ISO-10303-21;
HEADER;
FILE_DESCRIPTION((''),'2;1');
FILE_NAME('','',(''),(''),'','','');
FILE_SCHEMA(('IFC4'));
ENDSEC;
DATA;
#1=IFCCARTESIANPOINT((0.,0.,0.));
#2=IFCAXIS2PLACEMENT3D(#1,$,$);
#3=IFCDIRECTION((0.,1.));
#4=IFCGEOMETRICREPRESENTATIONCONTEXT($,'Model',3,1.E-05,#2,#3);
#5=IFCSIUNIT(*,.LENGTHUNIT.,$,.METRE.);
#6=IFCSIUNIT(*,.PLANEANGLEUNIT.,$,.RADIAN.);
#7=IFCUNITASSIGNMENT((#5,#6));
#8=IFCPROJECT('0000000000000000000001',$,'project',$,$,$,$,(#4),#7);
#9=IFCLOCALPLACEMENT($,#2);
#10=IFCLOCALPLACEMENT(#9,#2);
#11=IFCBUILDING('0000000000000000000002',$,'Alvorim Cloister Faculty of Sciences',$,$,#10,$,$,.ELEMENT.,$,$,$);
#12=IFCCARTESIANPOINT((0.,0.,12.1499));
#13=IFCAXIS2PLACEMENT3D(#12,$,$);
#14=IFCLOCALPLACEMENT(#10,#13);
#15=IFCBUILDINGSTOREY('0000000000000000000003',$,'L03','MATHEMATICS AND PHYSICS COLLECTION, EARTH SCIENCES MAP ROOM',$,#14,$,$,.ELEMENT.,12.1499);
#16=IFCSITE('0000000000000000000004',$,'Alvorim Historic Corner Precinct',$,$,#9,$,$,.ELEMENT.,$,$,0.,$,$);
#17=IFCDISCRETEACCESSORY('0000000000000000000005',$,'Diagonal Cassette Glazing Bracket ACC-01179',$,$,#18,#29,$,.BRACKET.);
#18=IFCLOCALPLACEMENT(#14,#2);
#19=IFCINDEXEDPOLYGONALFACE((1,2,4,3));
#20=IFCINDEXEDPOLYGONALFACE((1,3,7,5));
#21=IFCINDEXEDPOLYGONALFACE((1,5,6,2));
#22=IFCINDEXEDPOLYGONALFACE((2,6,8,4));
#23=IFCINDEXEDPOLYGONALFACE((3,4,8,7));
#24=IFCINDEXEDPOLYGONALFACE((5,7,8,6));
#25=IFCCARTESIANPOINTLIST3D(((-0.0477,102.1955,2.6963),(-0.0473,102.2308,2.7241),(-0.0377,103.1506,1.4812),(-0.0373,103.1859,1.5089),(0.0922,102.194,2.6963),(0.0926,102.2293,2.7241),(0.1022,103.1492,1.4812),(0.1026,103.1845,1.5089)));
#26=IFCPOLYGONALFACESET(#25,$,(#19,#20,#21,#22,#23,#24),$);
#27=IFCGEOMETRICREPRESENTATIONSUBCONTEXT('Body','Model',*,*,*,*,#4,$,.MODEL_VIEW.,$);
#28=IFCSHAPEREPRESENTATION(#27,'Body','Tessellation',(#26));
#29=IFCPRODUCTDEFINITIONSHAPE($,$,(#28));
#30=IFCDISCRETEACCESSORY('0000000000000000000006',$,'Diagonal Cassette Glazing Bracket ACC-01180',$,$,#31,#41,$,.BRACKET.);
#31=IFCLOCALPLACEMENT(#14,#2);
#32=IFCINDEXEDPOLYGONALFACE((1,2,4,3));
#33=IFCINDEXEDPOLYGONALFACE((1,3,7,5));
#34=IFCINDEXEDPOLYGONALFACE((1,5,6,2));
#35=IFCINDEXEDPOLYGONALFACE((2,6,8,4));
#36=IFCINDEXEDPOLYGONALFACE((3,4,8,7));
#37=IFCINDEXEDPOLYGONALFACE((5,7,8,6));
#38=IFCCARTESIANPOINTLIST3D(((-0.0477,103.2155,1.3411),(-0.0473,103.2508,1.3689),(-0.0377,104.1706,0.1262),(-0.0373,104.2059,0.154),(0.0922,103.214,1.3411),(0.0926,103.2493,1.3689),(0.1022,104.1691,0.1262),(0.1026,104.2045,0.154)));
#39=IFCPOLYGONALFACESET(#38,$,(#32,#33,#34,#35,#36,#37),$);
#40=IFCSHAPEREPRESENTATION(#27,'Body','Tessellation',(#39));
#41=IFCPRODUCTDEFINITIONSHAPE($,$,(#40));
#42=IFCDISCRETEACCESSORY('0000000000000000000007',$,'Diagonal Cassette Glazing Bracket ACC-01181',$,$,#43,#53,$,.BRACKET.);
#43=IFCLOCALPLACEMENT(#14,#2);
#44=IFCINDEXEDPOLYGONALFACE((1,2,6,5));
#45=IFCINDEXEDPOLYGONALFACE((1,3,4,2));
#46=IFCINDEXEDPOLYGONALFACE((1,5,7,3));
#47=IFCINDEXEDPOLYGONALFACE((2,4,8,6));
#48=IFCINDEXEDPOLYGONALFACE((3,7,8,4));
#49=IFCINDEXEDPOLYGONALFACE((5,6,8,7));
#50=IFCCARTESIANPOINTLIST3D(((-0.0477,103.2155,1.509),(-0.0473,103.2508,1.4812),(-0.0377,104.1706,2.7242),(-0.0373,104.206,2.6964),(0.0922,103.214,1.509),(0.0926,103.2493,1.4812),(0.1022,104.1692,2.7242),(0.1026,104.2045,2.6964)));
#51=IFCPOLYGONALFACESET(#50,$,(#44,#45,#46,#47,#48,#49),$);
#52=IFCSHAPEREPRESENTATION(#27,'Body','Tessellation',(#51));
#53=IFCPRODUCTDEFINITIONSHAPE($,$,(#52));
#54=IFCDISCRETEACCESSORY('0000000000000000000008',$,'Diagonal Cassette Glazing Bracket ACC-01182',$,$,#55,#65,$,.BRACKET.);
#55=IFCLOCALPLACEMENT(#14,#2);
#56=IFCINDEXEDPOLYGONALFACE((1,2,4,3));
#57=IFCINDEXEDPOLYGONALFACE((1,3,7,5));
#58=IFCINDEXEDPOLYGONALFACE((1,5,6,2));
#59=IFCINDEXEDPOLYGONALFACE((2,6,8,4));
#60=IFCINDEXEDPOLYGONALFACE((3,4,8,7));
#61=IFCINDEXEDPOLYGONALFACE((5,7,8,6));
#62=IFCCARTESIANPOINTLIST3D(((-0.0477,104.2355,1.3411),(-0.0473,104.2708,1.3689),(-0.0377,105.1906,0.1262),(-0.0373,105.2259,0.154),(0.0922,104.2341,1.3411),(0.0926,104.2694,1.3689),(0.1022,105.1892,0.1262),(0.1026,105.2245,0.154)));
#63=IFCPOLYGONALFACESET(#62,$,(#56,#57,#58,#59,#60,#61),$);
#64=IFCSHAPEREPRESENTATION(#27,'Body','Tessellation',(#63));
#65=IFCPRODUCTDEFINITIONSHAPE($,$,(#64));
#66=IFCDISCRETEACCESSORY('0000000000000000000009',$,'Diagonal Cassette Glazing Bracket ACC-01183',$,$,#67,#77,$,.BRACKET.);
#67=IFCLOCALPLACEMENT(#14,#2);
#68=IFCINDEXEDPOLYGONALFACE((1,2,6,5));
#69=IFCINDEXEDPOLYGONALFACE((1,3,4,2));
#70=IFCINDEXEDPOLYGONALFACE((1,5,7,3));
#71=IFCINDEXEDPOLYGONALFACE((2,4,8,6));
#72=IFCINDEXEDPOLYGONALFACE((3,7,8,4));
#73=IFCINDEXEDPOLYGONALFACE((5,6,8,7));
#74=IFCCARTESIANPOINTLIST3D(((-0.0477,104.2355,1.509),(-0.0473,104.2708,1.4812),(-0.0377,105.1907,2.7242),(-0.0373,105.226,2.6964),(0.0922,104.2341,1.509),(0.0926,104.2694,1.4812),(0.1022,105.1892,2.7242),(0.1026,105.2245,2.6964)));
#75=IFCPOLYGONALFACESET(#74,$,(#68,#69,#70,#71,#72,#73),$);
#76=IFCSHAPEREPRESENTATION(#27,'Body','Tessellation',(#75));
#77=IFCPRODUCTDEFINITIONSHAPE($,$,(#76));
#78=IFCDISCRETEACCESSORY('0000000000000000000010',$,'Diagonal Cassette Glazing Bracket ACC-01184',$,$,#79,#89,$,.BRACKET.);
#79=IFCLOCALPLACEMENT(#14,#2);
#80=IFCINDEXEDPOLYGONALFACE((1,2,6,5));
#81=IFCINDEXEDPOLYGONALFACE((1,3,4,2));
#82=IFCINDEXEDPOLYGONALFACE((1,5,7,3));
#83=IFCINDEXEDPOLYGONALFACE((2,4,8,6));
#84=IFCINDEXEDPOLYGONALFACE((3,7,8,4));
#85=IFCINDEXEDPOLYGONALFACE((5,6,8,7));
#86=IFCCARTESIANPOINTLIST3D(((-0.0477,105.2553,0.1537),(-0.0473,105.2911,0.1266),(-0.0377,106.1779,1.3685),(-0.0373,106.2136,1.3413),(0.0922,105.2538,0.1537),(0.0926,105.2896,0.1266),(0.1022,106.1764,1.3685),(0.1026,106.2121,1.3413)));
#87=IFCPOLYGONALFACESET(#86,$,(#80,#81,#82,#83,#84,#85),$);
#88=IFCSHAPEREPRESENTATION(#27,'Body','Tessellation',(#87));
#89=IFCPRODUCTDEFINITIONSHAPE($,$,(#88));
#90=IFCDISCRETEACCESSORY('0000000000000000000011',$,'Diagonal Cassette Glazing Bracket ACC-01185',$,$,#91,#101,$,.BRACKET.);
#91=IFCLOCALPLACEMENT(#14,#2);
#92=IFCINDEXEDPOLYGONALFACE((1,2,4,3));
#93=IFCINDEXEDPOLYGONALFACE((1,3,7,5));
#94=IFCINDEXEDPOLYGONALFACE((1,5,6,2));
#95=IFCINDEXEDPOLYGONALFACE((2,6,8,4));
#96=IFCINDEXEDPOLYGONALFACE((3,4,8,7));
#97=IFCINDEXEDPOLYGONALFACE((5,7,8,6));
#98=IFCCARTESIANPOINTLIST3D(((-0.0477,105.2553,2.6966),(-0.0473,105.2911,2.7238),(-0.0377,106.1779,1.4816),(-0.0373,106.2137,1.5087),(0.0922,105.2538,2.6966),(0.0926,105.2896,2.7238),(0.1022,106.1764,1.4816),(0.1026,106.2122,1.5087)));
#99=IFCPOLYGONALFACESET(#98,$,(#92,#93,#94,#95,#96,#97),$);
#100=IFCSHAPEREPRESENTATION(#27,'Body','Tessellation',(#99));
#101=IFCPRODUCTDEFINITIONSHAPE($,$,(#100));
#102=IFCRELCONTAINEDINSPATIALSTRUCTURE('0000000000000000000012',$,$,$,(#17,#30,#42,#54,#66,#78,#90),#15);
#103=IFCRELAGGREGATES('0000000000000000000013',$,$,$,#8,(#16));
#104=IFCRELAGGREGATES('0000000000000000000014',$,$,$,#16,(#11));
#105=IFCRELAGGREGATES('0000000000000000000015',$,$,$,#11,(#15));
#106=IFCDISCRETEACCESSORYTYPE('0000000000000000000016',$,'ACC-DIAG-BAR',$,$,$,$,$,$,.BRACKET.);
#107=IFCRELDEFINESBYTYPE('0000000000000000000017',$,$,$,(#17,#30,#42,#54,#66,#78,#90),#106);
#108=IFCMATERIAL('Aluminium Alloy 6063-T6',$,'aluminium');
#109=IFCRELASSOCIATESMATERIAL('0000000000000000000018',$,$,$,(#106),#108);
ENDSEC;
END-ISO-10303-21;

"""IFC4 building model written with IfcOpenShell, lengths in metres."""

from ifc_helpers import new_model, si_unit, direction, frame, origin, origin_2d, place, context, subcontext, project, spatial, rectangle, extrude, material, type_object, element, save


model = new_model("IFC4")

# Units and contexts
model_context = context("Model", 3, precision=1e-05, world=origin(), true_north=direction((0.0, 1.0)))
body_context = subcontext(model_context, "Body", "Model", "MODEL_VIEW")
ifc_project = project(units=[si_unit("LENGTHUNIT", "METRE"), si_unit("PLANEANGLEUNIT", "RADIAN")], contexts=[model_context])

# Site, building, storey
site_placement = place(None, origin())
site = spatial("IfcSite", under=ifc_project, at=site_placement, Name="Alvorim Historic Corner Precinct", CompositionType="ELEMENT", RefElevation=0.0)
building_placement = place(site_placement, origin())
building = spatial("IfcBuilding", under=site, at=building_placement, Name="Alvorim Cloister Faculty of Sciences", CompositionType="ELEMENT")
storey_placement = place(building_placement, frame((0.0, 0.0, 12.1499)))
storey = spatial("IfcBuildingStorey", under=building, at=storey_placement, Name="L03", Description="MATHEMATICS AND PHYSICS COLLECTION, EARTH SCIENCES MAP ROOM", CompositionType="ELEMENT", Elevation=12.1499)

# Shared definitions
ifc_material_1 = material(Name="Aluminium Alloy 6063-T6", Category="aluminium")

# Discrete accessories
discrete_accessory_type = type_object("IfcDiscreteAccessoryType", Name="ACC-DIAG-BAR", PredefinedType="BRACKET", material=ifc_material_1)
discrete_accessory_1_placement = place(storey_placement, frame((0.0225, 102.2124, 2.7102), z_axis=(0.006477, 0.617955, -0.786187), x_axis=(-0.999945, 0.01048, 0.0)))
element("IfcDiscreteAccessory", 1, at=discrete_accessory_1_placement, inside=storey, type_object=discrete_accessory_type, Name="Diagonal Cassette Glazing Bracket ACC-01179", PredefinedType="BRACKET", context=body_context, shape_type="SweptSolid", body=[
    extrude(rectangle(XDim=0.1399, YDim=0.0449, at=origin_2d()), origin(), (0.0, 0.0, 1.0), 1.5457),
])
discrete_accessory_2_placement = place(storey_placement, frame((0.0225, 103.2324, 1.355), z_axis=(0.006477, 0.618032, -0.786126), x_axis=(-0.999945, 0.01048, 0.0)))
element("IfcDiscreteAccessory", 2, at=discrete_accessory_2_placement, inside=storey, type_object=discrete_accessory_type, Name="Diagonal Cassette Glazing Bracket ACC-01180", PredefinedType="BRACKET", context=body_context, shape_type="SweptSolid", body=[
    extrude(rectangle(XDim=0.1399, YDim=0.0449, at=origin_2d()), origin(), (0.0, 0.0, 1.0), 1.5454),
])
discrete_accessory_3_placement = place(storey_placement, frame((0.0225, 103.2324, 1.4951), z_axis=(0.006477, 0.617955, 0.786187), x_axis=(-0.999945, 0.01048, 0.0)))
element("IfcDiscreteAccessory", 3, at=discrete_accessory_3_placement, inside=storey, type_object=discrete_accessory_type, Name="Diagonal Cassette Glazing Bracket ACC-01181", PredefinedType="BRACKET", context=body_context, shape_type="SweptSolid", body=[
    extrude(rectangle(XDim=0.1399, YDim=0.0449, at=origin_2d()), origin(), (0.0, 0.0, 1.0), 1.5457),
])
discrete_accessory_4_placement = place(storey_placement, frame((0.0225, 104.2524, 1.355), z_axis=(0.006477, 0.618032, -0.786126), x_axis=(-0.999945, 0.01048, 0.0)))
element("IfcDiscreteAccessory", 4, at=discrete_accessory_4_placement, inside=storey, type_object=discrete_accessory_type, Name="Diagonal Cassette Glazing Bracket ACC-01182", PredefinedType="BRACKET", context=body_context, shape_type="SweptSolid", body=[
    extrude(rectangle(XDim=0.1399, YDim=0.0449, at=origin_2d()), origin(), (0.0, 0.0, 1.0), 1.5454),
])
discrete_accessory_5_placement = place(storey_placement, frame((0.0225, 104.2524, 1.4951), z_axis=(0.006477, 0.617955, 0.786187), x_axis=(-0.999945, 0.01048, 0.0)))
element("IfcDiscreteAccessory", 5, at=discrete_accessory_5_placement, inside=storey, type_object=discrete_accessory_type, Name="Diagonal Cassette Glazing Bracket ACC-01183", PredefinedType="BRACKET", context=body_context, shape_type="SweptSolid", body=[
    extrude(rectangle(XDim=0.1399, YDim=0.0449, at=origin_2d()), origin(), (0.0, 0.0, 1.0), 1.5457),
])
discrete_accessory_6_placement = place(storey_placement, frame((0.0225, 105.2725, 0.1401), z_axis=(0.006562, 0.60479, 0.796358), x_axis=(-0.999941, 0.010849, 0.0)))
element("IfcDiscreteAccessory", 6, at=discrete_accessory_6_placement, inside=storey, type_object=discrete_accessory_type, Name="Diagonal Cassette Glazing Bracket ACC-01184", PredefinedType="BRACKET", context=body_context, shape_type="SweptSolid", body=[
    extrude(rectangle(XDim=0.1399, YDim=0.0449, at=origin_2d()), origin(), (0.0, 0.0, 1.0), 1.5254),
])
discrete_accessory_7_placement = place(storey_placement, frame((0.0225, 105.2725, 2.7102), z_axis=(0.006561, 0.604713, -0.796416), x_axis=(-0.999941, 0.010849, 0.0)))
element("IfcDiscreteAccessory", 7, at=discrete_accessory_7_placement, inside=storey, type_object=discrete_accessory_type, Name="Diagonal Cassette Glazing Bracket ACC-01185", PredefinedType="BRACKET", context=body_context, shape_type="SweptSolid", body=[
    extrude(rectangle(XDim=0.1399, YDim=0.0449, at=origin_2d()), origin(), (0.0, 0.0, 1.0), 1.5256),
])

save(model, "model.ifc")
